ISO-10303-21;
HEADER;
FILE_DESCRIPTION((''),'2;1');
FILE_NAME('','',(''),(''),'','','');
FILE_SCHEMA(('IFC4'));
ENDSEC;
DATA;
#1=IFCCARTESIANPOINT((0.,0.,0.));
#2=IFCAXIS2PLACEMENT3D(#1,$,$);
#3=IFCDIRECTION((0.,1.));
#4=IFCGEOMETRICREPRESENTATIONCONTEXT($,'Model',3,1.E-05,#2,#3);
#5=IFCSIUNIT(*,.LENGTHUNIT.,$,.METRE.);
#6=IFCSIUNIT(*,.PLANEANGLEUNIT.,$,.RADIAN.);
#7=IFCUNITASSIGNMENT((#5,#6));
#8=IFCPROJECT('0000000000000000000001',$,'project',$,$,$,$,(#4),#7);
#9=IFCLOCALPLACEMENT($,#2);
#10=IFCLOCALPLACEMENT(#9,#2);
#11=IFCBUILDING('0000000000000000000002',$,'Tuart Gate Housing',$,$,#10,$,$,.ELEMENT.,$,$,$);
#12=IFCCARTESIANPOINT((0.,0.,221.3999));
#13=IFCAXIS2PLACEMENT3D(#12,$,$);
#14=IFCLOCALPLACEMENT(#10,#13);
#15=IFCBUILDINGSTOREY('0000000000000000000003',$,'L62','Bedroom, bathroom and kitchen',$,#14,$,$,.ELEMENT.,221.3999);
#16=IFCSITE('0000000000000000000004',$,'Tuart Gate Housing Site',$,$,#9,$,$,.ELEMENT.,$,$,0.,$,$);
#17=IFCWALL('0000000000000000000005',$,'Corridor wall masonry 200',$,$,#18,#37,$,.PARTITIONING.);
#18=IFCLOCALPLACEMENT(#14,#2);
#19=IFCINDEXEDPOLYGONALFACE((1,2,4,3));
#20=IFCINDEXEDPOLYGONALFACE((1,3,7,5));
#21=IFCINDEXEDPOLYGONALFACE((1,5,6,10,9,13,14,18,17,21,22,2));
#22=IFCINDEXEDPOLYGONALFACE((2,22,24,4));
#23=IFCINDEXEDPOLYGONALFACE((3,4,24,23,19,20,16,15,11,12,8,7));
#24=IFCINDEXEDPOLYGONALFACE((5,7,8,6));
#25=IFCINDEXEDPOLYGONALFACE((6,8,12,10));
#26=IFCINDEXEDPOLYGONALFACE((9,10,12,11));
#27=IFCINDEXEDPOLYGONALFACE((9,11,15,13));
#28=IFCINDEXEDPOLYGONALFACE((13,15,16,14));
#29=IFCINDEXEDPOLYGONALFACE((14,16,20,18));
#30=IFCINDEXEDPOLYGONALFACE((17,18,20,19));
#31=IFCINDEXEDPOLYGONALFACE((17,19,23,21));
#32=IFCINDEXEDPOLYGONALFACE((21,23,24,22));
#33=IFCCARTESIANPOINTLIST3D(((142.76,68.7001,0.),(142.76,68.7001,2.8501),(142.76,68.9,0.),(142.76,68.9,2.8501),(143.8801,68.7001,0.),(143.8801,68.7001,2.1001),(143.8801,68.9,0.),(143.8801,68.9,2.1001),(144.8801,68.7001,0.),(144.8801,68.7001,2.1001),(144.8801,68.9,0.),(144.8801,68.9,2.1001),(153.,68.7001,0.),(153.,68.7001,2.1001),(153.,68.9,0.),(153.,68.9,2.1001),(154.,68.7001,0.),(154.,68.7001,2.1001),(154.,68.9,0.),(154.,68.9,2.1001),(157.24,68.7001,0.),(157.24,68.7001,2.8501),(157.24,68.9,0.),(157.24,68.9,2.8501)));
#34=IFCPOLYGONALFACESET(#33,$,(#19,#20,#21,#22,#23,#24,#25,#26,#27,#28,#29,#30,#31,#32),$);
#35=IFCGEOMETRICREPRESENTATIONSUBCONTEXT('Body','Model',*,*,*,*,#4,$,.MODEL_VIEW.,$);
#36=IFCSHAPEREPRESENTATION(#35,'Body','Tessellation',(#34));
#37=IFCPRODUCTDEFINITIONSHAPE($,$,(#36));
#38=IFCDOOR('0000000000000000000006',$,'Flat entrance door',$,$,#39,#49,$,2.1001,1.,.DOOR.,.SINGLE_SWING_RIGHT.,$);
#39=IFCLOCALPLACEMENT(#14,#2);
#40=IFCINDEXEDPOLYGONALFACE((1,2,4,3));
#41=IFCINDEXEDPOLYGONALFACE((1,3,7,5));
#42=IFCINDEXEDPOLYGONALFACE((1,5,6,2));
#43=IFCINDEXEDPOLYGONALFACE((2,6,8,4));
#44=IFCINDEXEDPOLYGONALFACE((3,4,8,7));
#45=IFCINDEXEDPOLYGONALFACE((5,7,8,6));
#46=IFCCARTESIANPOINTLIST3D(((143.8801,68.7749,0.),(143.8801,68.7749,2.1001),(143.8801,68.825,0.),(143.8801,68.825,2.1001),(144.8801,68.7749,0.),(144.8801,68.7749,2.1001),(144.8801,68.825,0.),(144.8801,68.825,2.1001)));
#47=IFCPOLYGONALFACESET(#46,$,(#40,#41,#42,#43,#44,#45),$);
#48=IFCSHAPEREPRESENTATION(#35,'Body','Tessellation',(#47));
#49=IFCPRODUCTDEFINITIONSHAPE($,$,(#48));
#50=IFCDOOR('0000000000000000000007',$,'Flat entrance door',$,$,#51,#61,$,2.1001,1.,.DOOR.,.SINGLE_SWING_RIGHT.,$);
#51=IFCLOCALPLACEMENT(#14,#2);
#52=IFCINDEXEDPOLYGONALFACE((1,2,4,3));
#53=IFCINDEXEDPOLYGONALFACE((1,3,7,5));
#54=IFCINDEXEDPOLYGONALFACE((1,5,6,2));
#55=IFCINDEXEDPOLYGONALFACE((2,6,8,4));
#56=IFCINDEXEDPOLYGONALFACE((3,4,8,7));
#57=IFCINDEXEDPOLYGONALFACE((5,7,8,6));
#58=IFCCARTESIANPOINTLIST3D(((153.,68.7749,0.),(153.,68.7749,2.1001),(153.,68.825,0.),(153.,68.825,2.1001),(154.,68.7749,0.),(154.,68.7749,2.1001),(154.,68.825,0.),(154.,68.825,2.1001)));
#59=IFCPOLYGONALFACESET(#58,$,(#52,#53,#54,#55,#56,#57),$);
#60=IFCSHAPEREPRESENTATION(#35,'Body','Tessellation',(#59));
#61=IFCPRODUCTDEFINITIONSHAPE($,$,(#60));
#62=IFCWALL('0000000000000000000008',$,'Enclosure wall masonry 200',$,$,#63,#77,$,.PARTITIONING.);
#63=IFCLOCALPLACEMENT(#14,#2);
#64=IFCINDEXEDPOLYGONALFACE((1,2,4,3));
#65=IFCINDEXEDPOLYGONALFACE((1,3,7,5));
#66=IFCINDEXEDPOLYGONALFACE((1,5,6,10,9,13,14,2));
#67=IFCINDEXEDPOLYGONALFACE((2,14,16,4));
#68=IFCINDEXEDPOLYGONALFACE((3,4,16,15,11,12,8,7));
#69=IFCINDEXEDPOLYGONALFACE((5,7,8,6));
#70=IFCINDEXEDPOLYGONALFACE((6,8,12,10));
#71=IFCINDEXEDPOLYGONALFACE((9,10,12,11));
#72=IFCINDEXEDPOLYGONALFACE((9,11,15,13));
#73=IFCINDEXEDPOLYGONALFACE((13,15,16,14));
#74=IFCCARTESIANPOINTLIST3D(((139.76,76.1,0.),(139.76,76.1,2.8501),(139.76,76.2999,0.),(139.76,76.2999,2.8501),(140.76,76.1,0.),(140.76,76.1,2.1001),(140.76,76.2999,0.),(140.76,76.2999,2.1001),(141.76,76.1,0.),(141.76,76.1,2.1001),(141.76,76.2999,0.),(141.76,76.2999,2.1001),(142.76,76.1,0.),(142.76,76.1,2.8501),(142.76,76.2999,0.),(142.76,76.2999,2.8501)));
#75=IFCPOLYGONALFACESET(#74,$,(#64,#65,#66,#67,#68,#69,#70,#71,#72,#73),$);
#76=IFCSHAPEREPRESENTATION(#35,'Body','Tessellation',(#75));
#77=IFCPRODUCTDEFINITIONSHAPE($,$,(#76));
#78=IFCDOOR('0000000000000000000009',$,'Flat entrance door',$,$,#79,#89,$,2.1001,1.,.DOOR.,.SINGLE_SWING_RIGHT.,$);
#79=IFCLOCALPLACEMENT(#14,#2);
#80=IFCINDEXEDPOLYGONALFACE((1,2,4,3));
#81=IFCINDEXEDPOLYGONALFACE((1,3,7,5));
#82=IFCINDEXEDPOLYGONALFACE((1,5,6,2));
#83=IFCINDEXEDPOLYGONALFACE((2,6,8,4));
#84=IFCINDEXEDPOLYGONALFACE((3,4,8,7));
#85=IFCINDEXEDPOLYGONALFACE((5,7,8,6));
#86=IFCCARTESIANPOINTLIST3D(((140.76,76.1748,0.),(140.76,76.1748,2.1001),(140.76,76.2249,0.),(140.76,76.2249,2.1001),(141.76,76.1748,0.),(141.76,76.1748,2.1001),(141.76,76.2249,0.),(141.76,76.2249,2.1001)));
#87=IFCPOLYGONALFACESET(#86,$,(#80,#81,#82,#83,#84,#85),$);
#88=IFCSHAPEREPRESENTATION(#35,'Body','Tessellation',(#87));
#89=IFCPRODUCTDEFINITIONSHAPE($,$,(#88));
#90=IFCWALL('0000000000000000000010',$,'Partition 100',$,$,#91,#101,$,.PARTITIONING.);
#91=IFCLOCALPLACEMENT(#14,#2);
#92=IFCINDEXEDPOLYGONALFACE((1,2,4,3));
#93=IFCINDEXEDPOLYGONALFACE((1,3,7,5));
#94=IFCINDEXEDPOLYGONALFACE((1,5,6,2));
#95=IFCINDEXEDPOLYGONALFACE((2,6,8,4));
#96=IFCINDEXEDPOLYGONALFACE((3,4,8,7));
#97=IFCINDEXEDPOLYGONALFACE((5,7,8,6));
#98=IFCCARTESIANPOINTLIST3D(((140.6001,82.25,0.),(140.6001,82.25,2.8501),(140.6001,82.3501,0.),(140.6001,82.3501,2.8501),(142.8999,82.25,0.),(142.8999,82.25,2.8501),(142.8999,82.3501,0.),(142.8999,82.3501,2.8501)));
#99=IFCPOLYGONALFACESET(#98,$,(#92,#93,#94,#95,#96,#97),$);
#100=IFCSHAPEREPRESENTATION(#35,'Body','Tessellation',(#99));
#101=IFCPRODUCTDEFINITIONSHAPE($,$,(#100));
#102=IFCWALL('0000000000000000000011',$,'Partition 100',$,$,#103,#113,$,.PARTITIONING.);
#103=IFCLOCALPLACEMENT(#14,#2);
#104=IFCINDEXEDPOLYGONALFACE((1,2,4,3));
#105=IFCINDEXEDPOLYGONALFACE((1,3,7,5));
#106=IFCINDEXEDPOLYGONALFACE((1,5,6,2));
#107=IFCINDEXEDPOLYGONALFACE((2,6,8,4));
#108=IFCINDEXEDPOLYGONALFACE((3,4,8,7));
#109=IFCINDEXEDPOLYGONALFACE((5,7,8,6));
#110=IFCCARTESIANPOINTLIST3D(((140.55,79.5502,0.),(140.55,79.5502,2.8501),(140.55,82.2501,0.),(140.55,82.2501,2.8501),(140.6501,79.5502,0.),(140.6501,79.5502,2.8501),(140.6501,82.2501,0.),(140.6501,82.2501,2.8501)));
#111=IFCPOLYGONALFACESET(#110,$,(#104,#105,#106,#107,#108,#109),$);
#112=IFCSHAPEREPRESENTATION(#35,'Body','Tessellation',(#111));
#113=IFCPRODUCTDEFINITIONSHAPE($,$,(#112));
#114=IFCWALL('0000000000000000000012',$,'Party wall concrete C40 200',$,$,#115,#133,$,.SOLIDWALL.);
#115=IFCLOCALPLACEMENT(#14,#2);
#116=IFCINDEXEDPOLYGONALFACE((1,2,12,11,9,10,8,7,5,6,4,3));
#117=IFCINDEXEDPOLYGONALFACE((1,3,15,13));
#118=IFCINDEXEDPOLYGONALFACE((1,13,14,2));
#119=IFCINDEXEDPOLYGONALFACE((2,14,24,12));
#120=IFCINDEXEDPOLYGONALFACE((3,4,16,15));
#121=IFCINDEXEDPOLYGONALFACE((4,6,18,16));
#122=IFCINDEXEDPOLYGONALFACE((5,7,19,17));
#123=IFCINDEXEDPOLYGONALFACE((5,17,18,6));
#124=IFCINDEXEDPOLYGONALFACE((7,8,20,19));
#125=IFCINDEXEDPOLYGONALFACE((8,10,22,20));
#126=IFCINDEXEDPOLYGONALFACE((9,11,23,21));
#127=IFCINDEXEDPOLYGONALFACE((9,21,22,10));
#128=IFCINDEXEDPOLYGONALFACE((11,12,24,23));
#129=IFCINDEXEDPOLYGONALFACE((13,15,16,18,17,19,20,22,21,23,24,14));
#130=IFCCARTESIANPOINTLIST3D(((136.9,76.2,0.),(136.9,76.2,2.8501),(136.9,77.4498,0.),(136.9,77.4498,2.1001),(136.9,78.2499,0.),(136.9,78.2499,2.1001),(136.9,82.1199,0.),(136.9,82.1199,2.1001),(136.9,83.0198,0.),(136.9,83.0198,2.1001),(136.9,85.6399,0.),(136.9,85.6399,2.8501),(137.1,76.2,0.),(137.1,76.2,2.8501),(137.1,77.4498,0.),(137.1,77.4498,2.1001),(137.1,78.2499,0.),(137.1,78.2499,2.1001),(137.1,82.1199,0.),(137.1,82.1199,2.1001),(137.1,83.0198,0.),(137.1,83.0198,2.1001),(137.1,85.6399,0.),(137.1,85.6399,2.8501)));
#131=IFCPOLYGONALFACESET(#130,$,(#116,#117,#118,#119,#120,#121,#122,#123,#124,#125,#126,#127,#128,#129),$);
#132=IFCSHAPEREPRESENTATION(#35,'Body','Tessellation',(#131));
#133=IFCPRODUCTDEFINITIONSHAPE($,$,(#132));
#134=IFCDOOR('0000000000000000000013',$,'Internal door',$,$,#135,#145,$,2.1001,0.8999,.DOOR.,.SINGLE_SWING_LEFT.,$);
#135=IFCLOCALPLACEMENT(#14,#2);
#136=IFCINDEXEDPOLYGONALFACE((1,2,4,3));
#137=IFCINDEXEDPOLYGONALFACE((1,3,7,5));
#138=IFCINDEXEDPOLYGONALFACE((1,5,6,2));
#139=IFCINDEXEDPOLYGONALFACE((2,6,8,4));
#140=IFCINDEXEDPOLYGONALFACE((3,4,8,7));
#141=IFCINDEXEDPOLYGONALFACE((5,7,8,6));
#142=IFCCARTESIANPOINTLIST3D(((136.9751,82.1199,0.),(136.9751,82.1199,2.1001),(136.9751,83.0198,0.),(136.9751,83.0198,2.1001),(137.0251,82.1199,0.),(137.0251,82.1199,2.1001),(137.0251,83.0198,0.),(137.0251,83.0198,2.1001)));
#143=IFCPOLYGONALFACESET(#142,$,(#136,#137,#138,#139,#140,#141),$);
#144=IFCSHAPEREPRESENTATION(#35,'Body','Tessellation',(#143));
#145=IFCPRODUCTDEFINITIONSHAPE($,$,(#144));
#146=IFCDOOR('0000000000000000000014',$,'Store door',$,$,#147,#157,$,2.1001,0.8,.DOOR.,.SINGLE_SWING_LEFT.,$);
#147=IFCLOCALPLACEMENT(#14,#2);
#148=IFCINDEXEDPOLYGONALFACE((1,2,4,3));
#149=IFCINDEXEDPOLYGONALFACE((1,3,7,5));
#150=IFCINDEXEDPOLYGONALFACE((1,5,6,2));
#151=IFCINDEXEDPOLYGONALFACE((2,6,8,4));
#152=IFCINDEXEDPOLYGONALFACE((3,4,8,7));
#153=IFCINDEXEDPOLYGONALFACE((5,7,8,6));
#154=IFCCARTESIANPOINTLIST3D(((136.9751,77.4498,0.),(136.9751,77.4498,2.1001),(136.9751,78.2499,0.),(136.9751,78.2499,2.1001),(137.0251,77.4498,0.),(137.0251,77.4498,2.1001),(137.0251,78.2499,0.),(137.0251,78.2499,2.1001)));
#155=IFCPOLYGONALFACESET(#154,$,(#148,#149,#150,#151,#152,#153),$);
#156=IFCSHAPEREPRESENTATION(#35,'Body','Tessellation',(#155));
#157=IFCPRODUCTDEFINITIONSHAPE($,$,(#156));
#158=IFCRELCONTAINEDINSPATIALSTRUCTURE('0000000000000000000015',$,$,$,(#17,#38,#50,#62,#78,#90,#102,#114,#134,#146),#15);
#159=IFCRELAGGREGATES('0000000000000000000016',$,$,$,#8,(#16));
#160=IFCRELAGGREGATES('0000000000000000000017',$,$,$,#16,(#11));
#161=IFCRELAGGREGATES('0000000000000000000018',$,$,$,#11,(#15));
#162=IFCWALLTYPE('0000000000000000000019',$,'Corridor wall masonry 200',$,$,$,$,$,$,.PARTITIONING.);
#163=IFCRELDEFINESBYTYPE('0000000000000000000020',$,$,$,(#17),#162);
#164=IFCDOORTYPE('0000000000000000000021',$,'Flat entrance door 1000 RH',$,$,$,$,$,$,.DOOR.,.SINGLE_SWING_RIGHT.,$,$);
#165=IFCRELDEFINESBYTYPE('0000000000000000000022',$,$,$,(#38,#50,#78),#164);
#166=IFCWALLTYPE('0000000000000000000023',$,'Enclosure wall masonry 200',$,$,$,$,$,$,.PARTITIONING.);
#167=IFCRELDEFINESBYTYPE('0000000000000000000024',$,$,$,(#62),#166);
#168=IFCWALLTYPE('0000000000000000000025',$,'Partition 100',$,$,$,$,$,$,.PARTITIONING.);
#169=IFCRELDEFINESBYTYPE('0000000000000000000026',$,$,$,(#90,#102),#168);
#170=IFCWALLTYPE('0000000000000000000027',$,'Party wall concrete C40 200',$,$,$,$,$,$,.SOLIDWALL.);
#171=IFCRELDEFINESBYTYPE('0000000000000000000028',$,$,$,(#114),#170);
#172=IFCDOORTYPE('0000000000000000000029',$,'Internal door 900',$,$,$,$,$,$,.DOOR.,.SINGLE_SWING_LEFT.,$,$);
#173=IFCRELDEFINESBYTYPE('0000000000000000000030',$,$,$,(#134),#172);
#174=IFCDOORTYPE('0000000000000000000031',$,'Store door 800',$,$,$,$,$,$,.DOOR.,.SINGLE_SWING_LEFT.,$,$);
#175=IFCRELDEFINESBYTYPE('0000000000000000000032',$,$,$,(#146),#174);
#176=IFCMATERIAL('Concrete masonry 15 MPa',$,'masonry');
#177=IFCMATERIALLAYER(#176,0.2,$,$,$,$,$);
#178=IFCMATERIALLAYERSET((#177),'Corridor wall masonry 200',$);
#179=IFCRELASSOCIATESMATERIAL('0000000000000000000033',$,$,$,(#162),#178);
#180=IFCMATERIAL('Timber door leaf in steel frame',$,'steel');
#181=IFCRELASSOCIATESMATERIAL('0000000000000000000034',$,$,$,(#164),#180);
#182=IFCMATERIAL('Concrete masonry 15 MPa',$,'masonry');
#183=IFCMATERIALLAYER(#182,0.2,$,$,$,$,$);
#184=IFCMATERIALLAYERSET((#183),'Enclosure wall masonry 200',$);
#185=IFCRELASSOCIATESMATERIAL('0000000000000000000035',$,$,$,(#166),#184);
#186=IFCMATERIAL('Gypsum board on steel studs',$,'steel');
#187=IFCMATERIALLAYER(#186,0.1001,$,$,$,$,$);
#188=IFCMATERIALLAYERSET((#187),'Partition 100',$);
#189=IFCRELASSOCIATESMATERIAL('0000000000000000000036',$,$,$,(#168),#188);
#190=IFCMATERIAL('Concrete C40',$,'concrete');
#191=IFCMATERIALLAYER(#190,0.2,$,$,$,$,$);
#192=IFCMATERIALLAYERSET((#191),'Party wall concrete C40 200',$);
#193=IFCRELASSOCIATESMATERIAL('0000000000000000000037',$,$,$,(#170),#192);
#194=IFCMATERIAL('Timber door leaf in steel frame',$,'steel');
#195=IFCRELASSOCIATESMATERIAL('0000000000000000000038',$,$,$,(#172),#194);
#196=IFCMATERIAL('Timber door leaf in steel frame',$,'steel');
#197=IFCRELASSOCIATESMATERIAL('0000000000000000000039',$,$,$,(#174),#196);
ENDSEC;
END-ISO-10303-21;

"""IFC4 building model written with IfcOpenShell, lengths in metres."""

from ifc_helpers import new_model, si_unit, direction, frame, frame_2d, origin, place, context, subcontext, project, spatial, rectangle, extrude, material, layer, layer_set, type_object, element, fill, save


model = new_model("IFC4")

# Units and contexts
model_context = context("Model", 3, precision=1e-05, world=origin(), true_north=direction((0.0, 1.0)))
body_context = subcontext(model_context, "Body", "Model", "MODEL_VIEW")
ifc_project = project(units=[si_unit("LENGTHUNIT", "METRE"), si_unit("PLANEANGLEUNIT", "RADIAN")], contexts=[model_context])

# Site, building, storey
site_placement = place(None, origin())
site = spatial("IfcSite", under=ifc_project, at=site_placement, Name="Tuart Gate Housing Site", CompositionType="ELEMENT", RefElevation=0.0)
building_placement = place(site_placement, origin())
building = spatial("IfcBuilding", under=site, at=building_placement, Name="Tuart Gate Housing", CompositionType="ELEMENT")
storey_placement = place(building_placement, frame((0.0, 0.0, 221.3999)))
storey = spatial("IfcBuildingStorey", under=building, at=storey_placement, Name="L62", Description="Bedroom, bathroom and kitchen", CompositionType="ELEMENT", Elevation=221.3999)

# Wall, openings, doors
ifc_material_1 = material(Name="Concrete masonry 15 MPa", Category="masonry")
ifc_layer_1 = layer(ifc_material_1, 0.2)
ifc_layer_set_1 = layer_set([ifc_layer_1], Name="Corridor wall masonry 200")
wall_type_1 = type_object("IfcWallType", Name="Corridor wall masonry 200", PredefinedType="PARTITIONING", material=ifc_layer_set_1)
wall_1_placement = place(storey_placement, frame((142.76, 68.8, 0.0), z_axis=(0.0, 0.0, 1.0), x_axis=(1.0, 0.0, 0.0)))
wall_1 = element("IfcWall", 1, at=wall_1_placement, inside=storey, type_object=wall_type_1, Name="Corridor wall masonry 200", PredefinedType="PARTITIONING", context=body_context, shape_type="SweptSolid", body=[
    extrude(rectangle(XDim=14.48, YDim=0.2, at=frame_2d((7.24, 0.0))), origin(), (0.0, 0.0, 1.0), 2.8501),
])
opening_1_placement = place(wall_1_placement, frame((1.1201, 0.0, 0.0)))
opening_1 = element("IfcOpeningElement", 2, at=opening_1_placement, cuts=wall_1, PredefinedType="OPENING", context=body_context, shape_type="SweptSolid", body=[
    extrude(rectangle(XDim=1.0, YDim=2.1001, at=frame_2d((0.5, 1.05))), frame((0.0, 0.1099, 0.0), z_axis=(0.0, -1.0, 0.0), x_axis=(1.0, 0.0, 0.0)), (0.0, 0.0, 1.0), 0.22),
])
opening_2_placement = place(wall_1_placement, frame((10.24, 0.0, 0.0)))
opening_2 = element("IfcOpeningElement", 3, at=opening_2_placement, cuts=wall_1, PredefinedType="OPENING", context=body_context, shape_type="SweptSolid", body=[
    extrude(rectangle(XDim=1.0, YDim=2.1001, at=frame_2d((0.5, 1.05))), frame((0.0, 0.1099, 0.0), z_axis=(0.0, -1.0, 0.0), x_axis=(1.0, 0.0, 0.0)), (0.0, 0.0, 1.0), 0.22),
])
ifc_material_2 = material(Name="Timber door leaf in steel frame", Category="steel")
door_type_1 = type_object("IfcDoorType", Name="Flat entrance door 1000 RH", OperationType="SINGLE_SWING_RIGHT", PredefinedType="DOOR", material=ifc_material_2)
door_1_placement = place(opening_1_placement, frame((1.0, 0.0, 0.0), z_axis=(0.0, 0.0, 1.0), x_axis=(-1.0, 0.0, 0.0)))
door_1 = element("IfcDoor", 4, at=door_1_placement, inside=storey, type_object=door_type_1, Name="Flat entrance door", OperationType="SINGLE_SWING_RIGHT", OverallHeight=2.1001, OverallWidth=1.0, PredefinedType="DOOR", context=body_context, shape_type="SweptSolid", body=[
    extrude(rectangle(XDim=1.0, YDim=2.1001, at=frame_2d((0.5, 1.05))), frame((0.0, 0.0251, 0.0), z_axis=(0.0, -1.0, 0.0), x_axis=(1.0, 0.0, 0.0)), (0.0, 0.0, 1.0), 0.05),
])
fill(opening_1, door_1)
door_2_placement = place(opening_2_placement, frame((1.0, 0.0, 0.0), z_axis=(0.0, 0.0, 1.0), x_axis=(-1.0, 0.0, 0.0)))
door_2 = element("IfcDoor", 5, at=door_2_placement, inside=storey, type_object=door_type_1, Name="Flat entrance door", OperationType="SINGLE_SWING_RIGHT", OverallHeight=2.1001, OverallWidth=1.0, PredefinedType="DOOR", context=body_context, shape_type="SweptSolid", body=[
    extrude(rectangle(XDim=1.0, YDim=2.1001, at=frame_2d((0.5, 1.05))), frame((0.0, 0.0251, 0.0), z_axis=(0.0, -1.0, 0.0), x_axis=(1.0, 0.0, 0.0)), (0.0, 0.0, 1.0), 0.05),
])
fill(opening_2, door_2)

# Wall, opening, door
ifc_material_3 = material(Name="Concrete masonry 15 MPa", Category="masonry")
ifc_layer_2 = layer(ifc_material_3, 0.2)
ifc_layer_set_2 = layer_set([ifc_layer_2], Name="Enclosure wall masonry 200")
wall_type_2 = type_object("IfcWallType", Name="Enclosure wall masonry 200", PredefinedType="PARTITIONING", material=ifc_layer_set_2)
wall_2_placement = place(storey_placement, frame((139.76, 76.2, 0.0), z_axis=(0.0, 0.0, 1.0), x_axis=(1.0, 0.0, 0.0)))
wall_2 = element("IfcWall", 6, at=wall_2_placement, inside=storey, type_object=wall_type_2, Name="Enclosure wall masonry 200", PredefinedType="PARTITIONING", context=body_context, shape_type="SweptSolid", body=[
    extrude(rectangle(XDim=3.0, YDim=0.2, at=frame_2d((1.5, 0.0))), origin(), (0.0, 0.0, 1.0), 2.8501),
])
opening_3_placement = place(wall_2_placement, frame((1.0, 0.0, 0.0)))
opening_3 = element("IfcOpeningElement", 7, at=opening_3_placement, cuts=wall_2, PredefinedType="OPENING", context=body_context, shape_type="SweptSolid", body=[
    extrude(rectangle(XDim=1.0, YDim=2.1001, at=frame_2d((0.5, 1.05))), frame((0.0, 0.1099, 0.0), z_axis=(0.0, -1.0, 0.0), x_axis=(1.0, 0.0, 0.0)), (0.0, 0.0, 1.0), 0.22),
])
door_3_placement = place(opening_3_placement, origin())
door_3 = element("IfcDoor", 8, at=door_3_placement, inside=storey, type_object=door_type_1, Name="Flat entrance door", OperationType="SINGLE_SWING_RIGHT", OverallHeight=2.1001, OverallWidth=1.0, PredefinedType="DOOR", context=body_context, shape_type="SweptSolid", body=[
    extrude(rectangle(XDim=1.0, YDim=2.1001, at=frame_2d((0.5, 1.05))), frame((0.0, 0.0249, 0.0), z_axis=(0.0, -1.0, 0.0), x_axis=(1.0, 0.0, 0.0)), (0.0, 0.0, 1.0), 0.05),
])
fill(opening_3, door_3)

# Walls
ifc_material_4 = material(Name="Gypsum board on steel studs", Category="steel")
ifc_layer_3 = layer(ifc_material_4, 0.1001)
ifc_layer_set_3 = layer_set([ifc_layer_3], Name="Partition 100")
wall_type_3 = type_object("IfcWallType", Name="Partition 100", PredefinedType="PARTITIONING", material=ifc_layer_set_3)
wall_3_placement = place(storey_placement, frame((140.6001, 82.3, 0.0), z_axis=(0.0, 0.0, 1.0), x_axis=(1.0, 0.0, 0.0)))
element("IfcWall", 9, at=wall_3_placement, inside=storey, type_object=wall_type_3, Name="Partition 100", PredefinedType="PARTITIONING", context=body_context, shape_type="SweptSolid", body=[
    extrude(rectangle(XDim=2.2998, YDim=0.1001, at=frame_2d((1.1499, 0.0))), origin(), (0.0, 0.0, 1.0), 2.8501),
])
wall_4_placement = place(storey_placement, frame((140.6001, 79.55, 0.0), z_axis=(0.0, 0.0, 1.0), x_axis=(0.0, 1.0, 0.0)))
element("IfcWall", 10, at=wall_4_placement, inside=storey, type_object=wall_type_3, Name="Partition 100", PredefinedType="PARTITIONING", context=body_context, shape_type="SweptSolid", body=[
    extrude(rectangle(XDim=2.7, YDim=0.1001, at=frame_2d((1.3501, 0.0))), origin(), (0.0, 0.0, 1.0), 2.8501),
])

# Wall, openings, doors
ifc_material_5 = material(Name="Concrete C40", Category="concrete")
ifc_layer_4 = layer(ifc_material_5, 0.2)
ifc_layer_set_4 = layer_set([ifc_layer_4], Name="Party wall concrete C40 200")
wall_type_4 = type_object("IfcWallType", Name="Party wall concrete C40 200", PredefinedType="SOLIDWALL", material=ifc_layer_set_4)
wall_5_placement = place(storey_placement, frame((137.0, 76.2, 0.0), z_axis=(0.0, 0.0, 1.0), x_axis=(0.0, 1.0, 0.0)))
wall_5 = element("IfcWall", 11, at=wall_5_placement, inside=storey, type_object=wall_type_4, Name="Party wall concrete C40 200", PredefinedType="SOLIDWALL", context=body_context, shape_type="SweptSolid", body=[
    extrude(rectangle(XDim=9.4399, YDim=0.2, at=frame_2d((4.72, 0.0))), origin(), (0.0, 0.0, 1.0), 2.8501),
])
opening_4_placement = place(wall_5_placement, frame((5.9199, 0.0, 0.0)))
opening_4 = element("IfcOpeningElement", 12, at=opening_4_placement, cuts=wall_5, PredefinedType="OPENING", context=body_context, shape_type="SweptSolid", body=[
    extrude(rectangle(XDim=0.8999, YDim=2.1001, at=frame_2d((0.45, 1.05))), frame((0.0, 0.1099, 0.0), z_axis=(0.0, -1.0, 0.0), x_axis=(1.0, 0.0, 0.0)), (0.0, 0.0, 1.0), 0.22),
])
opening_5_placement = place(wall_5_placement, frame((1.25, 0.0, 0.0)))
opening_5 = element("IfcOpeningElement", 13, at=opening_5_placement, cuts=wall_5, PredefinedType="OPENING", context=body_context, shape_type="SweptSolid", body=[
    extrude(rectangle(XDim=0.8, YDim=2.1001, at=frame_2d((0.3999, 1.05))), frame((0.0, 0.1099, 0.0), z_axis=(0.0, -1.0, 0.0), x_axis=(1.0, 0.0, 0.0)), (0.0, 0.0, 1.0), 0.22),
])
ifc_material_6 = material(Name="Timber door leaf in steel frame", Category="steel")
door_type_2 = type_object("IfcDoorType", Name="Internal door 900", OperationType="SINGLE_SWING_LEFT", PredefinedType="DOOR", material=ifc_material_6)
door_4_placement = place(opening_4_placement, origin())
door_4 = element("IfcDoor", 14, at=door_4_placement, inside=storey, type_object=door_type_2, Name="Internal door", OperationType="SINGLE_SWING_LEFT", OverallHeight=2.1001, OverallWidth=0.8999, PredefinedType="DOOR", context=body_context, shape_type="SweptSolid", body=[
    extrude(rectangle(XDim=0.8999, YDim=2.1001, at=frame_2d((0.45, 1.05))), frame((0.0, 0.0249, 0.0), z_axis=(0.0, -1.0, 0.0), x_axis=(1.0, 0.0, 0.0)), (0.0, 0.0, 1.0), 0.05),
])
fill(opening_4, door_4)
ifc_material_7 = material(Name="Timber door leaf in steel frame", Category="steel")
door_type_3 = type_object("IfcDoorType", Name="Store door 800", OperationType="SINGLE_SWING_LEFT", PredefinedType="DOOR", material=ifc_material_7)
door_5_placement = place(opening_5_placement, origin())
door_5 = element("IfcDoor", 15, at=door_5_placement, inside=storey, type_object=door_type_3, Name="Store door", OperationType="SINGLE_SWING_LEFT", OverallHeight=2.1001, OverallWidth=0.8, PredefinedType="DOOR", context=body_context, shape_type="SweptSolid", body=[
    extrude(rectangle(XDim=0.8, YDim=2.1001, at=frame_2d((0.3999, 1.05))), frame((0.0, 0.0249, 0.0), z_axis=(0.0, -1.0, 0.0), x_axis=(1.0, 0.0, 0.0)), (0.0, 0.0, 1.0), 0.05),
])
fill(opening_5, door_5)

save(model, "model.ifc")
